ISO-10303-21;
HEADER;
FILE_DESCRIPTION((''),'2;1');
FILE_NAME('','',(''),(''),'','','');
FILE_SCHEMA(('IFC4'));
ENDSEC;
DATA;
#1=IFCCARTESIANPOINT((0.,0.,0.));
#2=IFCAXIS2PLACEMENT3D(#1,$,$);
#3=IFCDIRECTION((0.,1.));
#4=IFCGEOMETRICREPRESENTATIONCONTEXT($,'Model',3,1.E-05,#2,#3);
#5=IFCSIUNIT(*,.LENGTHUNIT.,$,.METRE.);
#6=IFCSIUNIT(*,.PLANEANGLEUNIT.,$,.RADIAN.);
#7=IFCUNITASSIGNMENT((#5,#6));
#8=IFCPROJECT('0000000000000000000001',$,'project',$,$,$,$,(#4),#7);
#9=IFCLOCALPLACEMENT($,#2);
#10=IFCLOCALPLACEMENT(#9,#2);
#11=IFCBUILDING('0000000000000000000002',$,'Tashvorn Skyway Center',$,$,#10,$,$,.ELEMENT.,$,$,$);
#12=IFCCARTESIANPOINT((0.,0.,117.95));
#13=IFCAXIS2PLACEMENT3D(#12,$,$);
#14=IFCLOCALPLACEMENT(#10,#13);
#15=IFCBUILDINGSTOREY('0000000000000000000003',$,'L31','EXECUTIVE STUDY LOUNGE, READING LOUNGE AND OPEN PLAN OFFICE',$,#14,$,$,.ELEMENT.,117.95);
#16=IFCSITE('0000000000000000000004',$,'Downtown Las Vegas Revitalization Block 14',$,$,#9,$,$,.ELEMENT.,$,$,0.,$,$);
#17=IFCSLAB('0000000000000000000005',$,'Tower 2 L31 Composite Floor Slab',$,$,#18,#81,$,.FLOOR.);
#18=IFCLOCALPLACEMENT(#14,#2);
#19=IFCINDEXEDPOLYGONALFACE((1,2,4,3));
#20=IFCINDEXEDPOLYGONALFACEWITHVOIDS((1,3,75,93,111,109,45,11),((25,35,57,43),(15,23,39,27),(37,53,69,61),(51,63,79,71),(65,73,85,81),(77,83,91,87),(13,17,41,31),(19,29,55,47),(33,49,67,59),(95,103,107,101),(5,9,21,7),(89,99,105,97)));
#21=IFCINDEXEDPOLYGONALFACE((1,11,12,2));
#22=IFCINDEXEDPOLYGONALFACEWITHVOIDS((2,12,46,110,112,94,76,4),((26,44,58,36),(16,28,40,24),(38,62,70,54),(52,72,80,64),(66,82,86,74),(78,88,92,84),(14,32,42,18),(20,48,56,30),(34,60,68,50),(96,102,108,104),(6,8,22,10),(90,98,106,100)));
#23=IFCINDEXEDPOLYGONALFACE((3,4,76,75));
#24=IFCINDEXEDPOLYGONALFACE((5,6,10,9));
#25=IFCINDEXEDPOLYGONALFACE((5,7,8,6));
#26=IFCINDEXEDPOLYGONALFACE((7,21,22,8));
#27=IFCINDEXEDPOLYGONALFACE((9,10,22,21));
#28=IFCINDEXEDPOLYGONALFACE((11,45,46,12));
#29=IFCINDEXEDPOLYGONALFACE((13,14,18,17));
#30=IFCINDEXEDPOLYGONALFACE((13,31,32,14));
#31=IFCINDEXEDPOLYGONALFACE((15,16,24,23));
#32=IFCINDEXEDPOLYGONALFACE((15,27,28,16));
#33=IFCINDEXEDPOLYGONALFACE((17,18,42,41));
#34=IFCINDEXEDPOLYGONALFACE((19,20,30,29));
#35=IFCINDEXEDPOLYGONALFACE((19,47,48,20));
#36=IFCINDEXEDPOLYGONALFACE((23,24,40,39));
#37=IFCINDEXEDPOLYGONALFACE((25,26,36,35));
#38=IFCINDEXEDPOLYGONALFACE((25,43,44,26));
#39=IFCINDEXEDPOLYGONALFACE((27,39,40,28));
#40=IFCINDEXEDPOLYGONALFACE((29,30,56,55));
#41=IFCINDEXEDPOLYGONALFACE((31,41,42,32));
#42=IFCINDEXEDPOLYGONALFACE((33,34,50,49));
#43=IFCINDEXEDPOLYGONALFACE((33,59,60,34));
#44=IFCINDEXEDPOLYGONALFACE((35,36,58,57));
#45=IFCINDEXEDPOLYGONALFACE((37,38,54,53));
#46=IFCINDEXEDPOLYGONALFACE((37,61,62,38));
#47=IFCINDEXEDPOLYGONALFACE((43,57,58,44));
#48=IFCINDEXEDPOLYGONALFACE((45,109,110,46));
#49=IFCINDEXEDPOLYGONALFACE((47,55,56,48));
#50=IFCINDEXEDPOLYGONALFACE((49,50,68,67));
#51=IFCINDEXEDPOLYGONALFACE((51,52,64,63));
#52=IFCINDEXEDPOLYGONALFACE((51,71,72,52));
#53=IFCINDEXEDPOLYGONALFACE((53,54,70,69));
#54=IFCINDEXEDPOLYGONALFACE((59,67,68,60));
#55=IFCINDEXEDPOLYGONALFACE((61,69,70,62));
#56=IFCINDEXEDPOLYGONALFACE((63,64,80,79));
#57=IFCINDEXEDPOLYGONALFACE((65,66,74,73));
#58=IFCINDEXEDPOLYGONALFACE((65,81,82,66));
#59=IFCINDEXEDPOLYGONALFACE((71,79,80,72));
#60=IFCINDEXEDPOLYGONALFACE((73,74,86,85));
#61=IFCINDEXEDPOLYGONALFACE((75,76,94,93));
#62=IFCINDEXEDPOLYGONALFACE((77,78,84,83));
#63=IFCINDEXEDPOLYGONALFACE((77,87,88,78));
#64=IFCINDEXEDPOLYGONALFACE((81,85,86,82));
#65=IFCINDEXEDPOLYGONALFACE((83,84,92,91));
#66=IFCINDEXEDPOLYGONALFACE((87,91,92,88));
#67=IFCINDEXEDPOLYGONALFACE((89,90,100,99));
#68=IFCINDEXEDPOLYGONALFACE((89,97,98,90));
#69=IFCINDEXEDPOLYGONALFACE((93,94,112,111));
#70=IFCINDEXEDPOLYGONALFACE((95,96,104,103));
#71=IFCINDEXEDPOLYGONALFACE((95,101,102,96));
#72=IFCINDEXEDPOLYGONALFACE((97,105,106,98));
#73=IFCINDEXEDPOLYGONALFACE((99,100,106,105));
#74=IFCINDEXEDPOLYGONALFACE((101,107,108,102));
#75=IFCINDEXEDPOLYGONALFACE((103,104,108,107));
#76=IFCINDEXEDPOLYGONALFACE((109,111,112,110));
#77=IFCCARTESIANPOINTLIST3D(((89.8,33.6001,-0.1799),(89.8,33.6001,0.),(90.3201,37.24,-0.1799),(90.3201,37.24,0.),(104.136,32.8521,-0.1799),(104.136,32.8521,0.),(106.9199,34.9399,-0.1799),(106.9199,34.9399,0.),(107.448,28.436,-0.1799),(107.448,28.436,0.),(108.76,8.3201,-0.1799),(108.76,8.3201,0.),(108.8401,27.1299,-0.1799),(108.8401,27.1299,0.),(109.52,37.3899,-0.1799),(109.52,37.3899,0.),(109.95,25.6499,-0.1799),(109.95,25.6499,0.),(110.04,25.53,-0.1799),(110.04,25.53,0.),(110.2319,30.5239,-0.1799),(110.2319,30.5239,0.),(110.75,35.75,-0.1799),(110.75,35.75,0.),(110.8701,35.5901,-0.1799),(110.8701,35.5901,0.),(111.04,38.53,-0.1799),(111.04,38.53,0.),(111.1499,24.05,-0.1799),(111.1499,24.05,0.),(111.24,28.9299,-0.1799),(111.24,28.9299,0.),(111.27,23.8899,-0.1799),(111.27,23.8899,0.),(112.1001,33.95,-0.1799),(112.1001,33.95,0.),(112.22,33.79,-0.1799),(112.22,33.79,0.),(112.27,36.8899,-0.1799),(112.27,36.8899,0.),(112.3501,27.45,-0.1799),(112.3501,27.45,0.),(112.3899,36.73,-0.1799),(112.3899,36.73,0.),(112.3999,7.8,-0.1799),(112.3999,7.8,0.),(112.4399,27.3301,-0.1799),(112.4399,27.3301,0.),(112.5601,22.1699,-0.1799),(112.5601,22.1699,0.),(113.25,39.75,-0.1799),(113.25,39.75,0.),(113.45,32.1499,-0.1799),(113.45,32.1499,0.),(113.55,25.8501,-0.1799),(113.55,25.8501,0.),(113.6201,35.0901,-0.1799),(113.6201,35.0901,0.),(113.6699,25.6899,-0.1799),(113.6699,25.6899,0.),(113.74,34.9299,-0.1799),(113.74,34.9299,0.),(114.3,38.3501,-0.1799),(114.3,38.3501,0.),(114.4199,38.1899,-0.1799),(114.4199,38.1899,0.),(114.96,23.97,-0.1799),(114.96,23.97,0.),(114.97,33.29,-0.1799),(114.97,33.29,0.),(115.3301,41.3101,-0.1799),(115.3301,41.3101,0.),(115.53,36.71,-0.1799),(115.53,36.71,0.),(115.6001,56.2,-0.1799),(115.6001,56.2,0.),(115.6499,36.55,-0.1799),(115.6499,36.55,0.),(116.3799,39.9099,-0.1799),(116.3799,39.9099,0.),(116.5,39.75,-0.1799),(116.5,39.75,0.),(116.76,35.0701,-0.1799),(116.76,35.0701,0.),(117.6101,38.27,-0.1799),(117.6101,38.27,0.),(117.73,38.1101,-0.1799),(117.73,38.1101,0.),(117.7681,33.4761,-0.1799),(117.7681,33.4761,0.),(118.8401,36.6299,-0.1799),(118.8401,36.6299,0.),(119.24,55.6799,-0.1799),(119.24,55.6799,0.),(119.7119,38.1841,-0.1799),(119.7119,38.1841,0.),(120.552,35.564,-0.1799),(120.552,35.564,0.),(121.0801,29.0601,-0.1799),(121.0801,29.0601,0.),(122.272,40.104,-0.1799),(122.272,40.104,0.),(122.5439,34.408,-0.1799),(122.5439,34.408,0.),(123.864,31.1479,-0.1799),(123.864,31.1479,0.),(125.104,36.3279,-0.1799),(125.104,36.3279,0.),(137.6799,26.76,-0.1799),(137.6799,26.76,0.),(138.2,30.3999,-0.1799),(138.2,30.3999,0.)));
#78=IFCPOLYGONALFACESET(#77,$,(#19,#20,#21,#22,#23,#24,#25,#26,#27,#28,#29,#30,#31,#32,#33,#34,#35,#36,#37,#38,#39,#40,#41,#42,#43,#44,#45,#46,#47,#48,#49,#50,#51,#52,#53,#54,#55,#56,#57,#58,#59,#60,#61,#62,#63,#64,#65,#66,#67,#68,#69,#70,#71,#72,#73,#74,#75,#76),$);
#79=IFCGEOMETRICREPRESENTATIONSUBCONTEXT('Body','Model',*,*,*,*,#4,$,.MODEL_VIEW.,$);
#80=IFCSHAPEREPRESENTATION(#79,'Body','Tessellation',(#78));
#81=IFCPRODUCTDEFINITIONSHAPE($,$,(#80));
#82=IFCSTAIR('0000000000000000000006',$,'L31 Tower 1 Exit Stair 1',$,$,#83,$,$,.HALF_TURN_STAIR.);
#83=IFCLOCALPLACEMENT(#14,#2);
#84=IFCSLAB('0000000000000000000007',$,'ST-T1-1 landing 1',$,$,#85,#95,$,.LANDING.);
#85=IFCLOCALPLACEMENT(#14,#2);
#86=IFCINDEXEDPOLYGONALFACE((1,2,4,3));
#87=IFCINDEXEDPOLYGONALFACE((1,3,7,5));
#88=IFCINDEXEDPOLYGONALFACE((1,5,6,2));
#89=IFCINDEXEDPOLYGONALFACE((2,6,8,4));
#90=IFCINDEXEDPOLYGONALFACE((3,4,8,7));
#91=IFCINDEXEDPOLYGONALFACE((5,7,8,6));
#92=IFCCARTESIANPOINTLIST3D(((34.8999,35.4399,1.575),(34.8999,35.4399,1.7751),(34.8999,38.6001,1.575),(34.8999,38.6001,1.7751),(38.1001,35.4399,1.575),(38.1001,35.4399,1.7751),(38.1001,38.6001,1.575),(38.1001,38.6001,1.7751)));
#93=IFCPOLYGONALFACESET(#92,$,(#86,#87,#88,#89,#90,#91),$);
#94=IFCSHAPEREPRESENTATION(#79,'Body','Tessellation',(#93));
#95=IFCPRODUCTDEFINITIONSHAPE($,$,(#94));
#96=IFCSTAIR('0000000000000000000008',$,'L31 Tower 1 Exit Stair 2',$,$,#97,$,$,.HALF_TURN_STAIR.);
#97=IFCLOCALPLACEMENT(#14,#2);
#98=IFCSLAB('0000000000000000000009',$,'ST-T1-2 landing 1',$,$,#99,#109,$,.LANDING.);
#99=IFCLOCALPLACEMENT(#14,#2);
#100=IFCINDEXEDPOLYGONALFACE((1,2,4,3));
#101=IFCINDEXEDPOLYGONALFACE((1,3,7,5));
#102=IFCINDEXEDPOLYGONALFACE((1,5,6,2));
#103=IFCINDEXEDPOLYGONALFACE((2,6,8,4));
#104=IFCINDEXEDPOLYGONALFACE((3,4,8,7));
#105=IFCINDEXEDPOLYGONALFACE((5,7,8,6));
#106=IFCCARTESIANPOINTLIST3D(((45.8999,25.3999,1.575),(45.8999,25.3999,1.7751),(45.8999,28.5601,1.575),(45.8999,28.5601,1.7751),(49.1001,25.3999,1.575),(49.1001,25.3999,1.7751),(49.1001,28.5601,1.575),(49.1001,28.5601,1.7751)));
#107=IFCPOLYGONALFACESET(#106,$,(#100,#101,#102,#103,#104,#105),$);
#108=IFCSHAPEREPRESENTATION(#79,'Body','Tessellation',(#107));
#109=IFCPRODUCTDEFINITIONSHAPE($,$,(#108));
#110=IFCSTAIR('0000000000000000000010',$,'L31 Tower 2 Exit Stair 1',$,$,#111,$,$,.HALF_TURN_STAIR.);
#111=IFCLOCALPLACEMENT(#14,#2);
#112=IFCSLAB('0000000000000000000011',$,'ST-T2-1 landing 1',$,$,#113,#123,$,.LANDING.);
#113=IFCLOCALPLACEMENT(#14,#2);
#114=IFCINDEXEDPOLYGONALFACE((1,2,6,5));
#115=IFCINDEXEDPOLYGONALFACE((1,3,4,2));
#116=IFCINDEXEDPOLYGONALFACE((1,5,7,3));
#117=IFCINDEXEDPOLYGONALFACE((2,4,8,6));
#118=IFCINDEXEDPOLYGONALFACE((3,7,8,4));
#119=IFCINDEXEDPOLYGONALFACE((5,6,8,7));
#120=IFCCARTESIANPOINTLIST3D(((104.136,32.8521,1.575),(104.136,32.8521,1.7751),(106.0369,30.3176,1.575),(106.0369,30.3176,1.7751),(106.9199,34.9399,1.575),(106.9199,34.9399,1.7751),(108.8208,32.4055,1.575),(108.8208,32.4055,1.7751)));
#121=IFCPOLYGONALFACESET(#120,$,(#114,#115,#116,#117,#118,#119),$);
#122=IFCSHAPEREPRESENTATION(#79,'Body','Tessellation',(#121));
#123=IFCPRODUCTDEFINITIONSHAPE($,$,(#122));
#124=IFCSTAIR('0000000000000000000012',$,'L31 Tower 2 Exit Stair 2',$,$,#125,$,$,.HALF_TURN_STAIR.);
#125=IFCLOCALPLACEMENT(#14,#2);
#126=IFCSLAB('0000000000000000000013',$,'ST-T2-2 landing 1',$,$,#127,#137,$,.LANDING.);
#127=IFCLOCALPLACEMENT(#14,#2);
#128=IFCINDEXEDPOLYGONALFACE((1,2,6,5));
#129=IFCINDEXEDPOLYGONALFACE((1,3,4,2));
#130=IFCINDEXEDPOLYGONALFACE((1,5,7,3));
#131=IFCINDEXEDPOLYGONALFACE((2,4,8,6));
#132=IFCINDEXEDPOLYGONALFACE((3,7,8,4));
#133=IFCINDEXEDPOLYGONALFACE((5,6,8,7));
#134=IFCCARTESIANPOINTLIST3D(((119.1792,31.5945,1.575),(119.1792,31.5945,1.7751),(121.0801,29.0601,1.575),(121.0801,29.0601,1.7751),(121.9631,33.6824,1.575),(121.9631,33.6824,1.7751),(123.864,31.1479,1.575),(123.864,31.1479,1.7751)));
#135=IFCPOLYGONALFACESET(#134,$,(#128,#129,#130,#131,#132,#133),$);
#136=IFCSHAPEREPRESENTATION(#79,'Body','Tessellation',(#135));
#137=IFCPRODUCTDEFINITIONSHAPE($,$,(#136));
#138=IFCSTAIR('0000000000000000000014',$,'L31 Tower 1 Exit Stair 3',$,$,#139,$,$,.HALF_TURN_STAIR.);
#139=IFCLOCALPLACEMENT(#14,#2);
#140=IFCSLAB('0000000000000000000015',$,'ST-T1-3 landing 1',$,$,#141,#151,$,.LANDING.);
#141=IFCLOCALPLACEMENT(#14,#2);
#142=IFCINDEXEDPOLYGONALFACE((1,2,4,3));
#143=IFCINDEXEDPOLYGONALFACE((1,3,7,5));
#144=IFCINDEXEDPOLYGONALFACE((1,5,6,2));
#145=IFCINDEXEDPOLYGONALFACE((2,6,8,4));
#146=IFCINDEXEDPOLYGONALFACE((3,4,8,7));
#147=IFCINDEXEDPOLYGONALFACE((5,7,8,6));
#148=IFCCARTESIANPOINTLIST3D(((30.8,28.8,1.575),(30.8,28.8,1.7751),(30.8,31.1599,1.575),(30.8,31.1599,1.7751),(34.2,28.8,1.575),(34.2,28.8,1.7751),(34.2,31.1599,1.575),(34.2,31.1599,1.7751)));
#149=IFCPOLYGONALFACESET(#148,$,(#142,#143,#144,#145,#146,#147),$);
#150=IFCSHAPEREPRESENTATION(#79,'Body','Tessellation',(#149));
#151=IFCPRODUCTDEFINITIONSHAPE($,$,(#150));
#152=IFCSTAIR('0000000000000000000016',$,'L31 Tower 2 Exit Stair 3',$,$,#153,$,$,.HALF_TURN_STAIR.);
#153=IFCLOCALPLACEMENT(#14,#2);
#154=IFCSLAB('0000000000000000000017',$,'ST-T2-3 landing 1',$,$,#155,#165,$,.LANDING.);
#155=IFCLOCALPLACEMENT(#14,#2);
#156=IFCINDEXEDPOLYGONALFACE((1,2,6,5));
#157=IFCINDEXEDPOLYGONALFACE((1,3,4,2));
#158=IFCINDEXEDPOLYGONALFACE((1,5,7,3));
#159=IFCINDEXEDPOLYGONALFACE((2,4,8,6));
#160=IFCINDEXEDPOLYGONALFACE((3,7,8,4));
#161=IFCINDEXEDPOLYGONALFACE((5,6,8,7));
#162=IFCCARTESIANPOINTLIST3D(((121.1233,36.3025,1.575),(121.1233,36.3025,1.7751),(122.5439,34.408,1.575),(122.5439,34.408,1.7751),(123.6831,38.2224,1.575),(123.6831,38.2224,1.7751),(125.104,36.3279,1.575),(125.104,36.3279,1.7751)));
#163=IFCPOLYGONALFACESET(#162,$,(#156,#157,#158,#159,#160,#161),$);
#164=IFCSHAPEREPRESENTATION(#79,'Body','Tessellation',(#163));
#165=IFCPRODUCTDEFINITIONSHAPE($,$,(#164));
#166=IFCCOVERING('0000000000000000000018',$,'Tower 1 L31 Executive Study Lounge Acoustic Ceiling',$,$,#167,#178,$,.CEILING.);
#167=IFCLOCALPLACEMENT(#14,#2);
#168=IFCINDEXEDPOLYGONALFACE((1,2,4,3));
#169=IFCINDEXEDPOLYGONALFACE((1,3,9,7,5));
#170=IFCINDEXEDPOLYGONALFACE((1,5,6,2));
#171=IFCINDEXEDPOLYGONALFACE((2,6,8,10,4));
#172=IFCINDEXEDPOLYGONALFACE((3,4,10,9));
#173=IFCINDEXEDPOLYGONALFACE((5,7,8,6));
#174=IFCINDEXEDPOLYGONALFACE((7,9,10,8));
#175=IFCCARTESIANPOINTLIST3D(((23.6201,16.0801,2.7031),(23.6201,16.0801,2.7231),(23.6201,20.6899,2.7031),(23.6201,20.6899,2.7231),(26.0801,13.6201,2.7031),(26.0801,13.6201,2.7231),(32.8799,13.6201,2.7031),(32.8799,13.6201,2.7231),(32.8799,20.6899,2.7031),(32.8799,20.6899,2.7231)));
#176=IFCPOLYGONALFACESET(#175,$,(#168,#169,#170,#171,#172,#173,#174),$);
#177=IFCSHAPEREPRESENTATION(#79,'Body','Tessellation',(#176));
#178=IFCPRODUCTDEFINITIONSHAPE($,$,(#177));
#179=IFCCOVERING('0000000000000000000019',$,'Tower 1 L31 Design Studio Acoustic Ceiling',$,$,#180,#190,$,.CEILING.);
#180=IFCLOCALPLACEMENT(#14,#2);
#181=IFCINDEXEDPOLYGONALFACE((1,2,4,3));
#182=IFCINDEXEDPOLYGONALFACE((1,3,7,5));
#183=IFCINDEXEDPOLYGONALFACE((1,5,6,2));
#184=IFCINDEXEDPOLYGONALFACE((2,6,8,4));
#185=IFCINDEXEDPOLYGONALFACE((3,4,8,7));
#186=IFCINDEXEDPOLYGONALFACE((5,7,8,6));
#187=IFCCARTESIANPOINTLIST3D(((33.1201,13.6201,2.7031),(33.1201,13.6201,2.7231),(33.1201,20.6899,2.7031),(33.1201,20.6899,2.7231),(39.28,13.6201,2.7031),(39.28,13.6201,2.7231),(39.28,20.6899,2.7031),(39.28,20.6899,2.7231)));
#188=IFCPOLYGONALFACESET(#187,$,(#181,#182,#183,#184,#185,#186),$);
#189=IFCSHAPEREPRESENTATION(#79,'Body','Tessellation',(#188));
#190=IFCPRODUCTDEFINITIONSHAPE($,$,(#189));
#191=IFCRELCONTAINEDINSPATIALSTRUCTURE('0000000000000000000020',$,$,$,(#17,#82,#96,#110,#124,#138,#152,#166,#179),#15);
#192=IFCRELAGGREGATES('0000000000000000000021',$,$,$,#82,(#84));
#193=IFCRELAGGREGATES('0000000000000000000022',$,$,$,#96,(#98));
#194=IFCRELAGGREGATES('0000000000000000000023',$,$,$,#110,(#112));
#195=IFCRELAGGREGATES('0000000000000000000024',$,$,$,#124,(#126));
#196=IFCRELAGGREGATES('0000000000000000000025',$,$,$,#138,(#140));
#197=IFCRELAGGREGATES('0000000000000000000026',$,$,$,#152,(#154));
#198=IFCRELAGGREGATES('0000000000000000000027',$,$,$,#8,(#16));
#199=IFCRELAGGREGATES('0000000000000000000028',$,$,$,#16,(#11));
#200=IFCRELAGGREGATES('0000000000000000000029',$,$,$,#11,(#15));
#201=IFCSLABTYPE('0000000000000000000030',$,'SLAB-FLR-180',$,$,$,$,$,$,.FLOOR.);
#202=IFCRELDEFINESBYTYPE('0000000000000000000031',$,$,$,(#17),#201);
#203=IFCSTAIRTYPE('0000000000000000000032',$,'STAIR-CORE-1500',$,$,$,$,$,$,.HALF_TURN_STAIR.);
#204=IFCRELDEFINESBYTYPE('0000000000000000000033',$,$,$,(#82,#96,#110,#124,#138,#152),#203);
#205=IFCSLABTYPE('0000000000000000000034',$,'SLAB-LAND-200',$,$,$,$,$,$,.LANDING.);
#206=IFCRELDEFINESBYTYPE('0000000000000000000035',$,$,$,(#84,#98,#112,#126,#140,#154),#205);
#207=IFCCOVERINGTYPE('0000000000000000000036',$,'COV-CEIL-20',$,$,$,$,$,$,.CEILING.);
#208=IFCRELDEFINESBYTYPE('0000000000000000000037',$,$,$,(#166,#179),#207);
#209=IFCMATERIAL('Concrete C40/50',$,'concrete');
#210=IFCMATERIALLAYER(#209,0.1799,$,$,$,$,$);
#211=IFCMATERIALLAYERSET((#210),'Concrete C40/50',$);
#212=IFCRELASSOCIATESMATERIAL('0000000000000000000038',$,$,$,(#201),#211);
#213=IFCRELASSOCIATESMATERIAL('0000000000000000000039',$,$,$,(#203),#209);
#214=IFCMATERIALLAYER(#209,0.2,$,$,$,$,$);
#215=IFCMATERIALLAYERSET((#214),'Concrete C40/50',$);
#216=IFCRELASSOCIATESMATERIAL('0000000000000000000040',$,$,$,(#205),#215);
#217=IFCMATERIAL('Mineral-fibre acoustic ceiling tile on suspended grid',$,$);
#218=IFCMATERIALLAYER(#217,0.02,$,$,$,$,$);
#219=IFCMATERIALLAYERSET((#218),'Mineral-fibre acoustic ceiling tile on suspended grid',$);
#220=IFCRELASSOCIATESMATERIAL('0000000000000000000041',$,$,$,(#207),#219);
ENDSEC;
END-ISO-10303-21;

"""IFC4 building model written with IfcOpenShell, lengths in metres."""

from ifc_helpers import new_model, si_unit, direction, frame, origin, place, context, subcontext, project, spatial, polyline, outline, extrude, material, layer, layer_set, type_object, element, aggregate, save


model = new_model("IFC4")

# Units and contexts
model_context = context("Model", 3, precision=1e-05, world=origin(), true_north=direction((0.0, 1.0)))
body_context = subcontext(model_context, "Body", "Model", "MODEL_VIEW")
ifc_project = project(units=[si_unit("LENGTHUNIT", "METRE"), si_unit("PLANEANGLEUNIT", "RADIAN")], contexts=[model_context])

# Site, building, storey
site_placement = place(None, origin())
site = spatial("IfcSite", under=ifc_project, at=site_placement, Name="Downtown Las Vegas Revitalization Block 14", CompositionType="ELEMENT", RefElevation=0.0)
building_placement = place(site_placement, origin())
building = spatial("IfcBuilding", under=site, at=building_placement, Name="Tashvorn Skyway Center", CompositionType="ELEMENT")
storey_placement = place(building_placement, frame((0.0, 0.0, 117.95)))
storey = spatial("IfcBuildingStorey", under=building, at=storey_placement, Name="L31", Description="EXECUTIVE STUDY LOUNGE, READING LOUNGE AND OPEN PLAN OFFICE", CompositionType="ELEMENT", Elevation=117.95)

# Slab
ifc_material_1 = material(Name="Concrete C40/50", Category="concrete")
ifc_layer_1 = layer(ifc_material_1, 0.1799)
ifc_layer_set_1 = layer_set([ifc_layer_1], Name="Concrete C40/50")
slab_type_1 = type_object("IfcSlabType", Name="SLAB-FLR-180", PredefinedType="FLOOR", material=ifc_layer_set_1)
slab_1_placement = place(storey_placement, frame((0.0, 0.0, -0.1799)))
element("IfcSlab", 1, at=slab_1_placement, inside=storey, type_object=slab_type_1, Name="Tower 2 L31 Composite Floor Slab", PredefinedType="FLOOR", context=body_context, shape_type="SweptSolid", body=[
    extrude(outline(polyline([(112.3999, 7.8), (137.6799, 26.76), (138.2, 30.3999), (119.24, 55.6799), (115.6001, 56.2), (90.3201, 37.24), (89.8, 33.6001), (108.76, 8.3201), (112.3999, 7.8)]), holes=[polyline([(110.2319, 30.5239), (106.9199, 34.9399), (104.136, 32.8521), (107.448, 28.436), (110.2319, 30.5239)]), polyline([(117.7681, 33.4761), (121.0801, 29.0601), (123.864, 31.1479), (120.552, 35.564), (117.7681, 33.4761)]), polyline([(119.7119, 38.1841), (122.5439, 34.408), (125.104, 36.3279), (122.272, 40.104), (119.7119, 38.1841)]), polyline([(109.95, 25.6499), (112.3501, 27.45), (111.24, 28.9299), (108.8401, 27.1299), (109.95, 25.6499)]), polyline([(111.1499, 24.05), (113.55, 25.8501), (112.4399, 27.3301), (110.04, 25.53), (111.1499, 24.05)]), polyline([(112.5601, 22.1699), (114.96, 23.97), (113.6699, 25.6899), (111.27, 23.8899), (112.5601, 22.1699)]), polyline([(113.45, 32.1499), (114.97, 33.29), (113.74, 34.9299), (112.22, 33.79), (113.45, 32.1499)]), polyline([(112.1001, 33.95), (113.6201, 35.0901), (112.3899, 36.73), (110.8701, 35.5901), (112.1001, 33.95)]), polyline([(110.75, 35.75), (112.27, 36.8899), (111.04, 38.53), (109.52, 37.3899), (110.75, 35.75)]), polyline([(116.76, 35.0701), (118.8401, 36.6299), (117.73, 38.1101), (115.6499, 36.55), (116.76, 35.0701)]), polyline([(115.53, 36.71), (117.6101, 38.27), (116.5, 39.75), (114.4199, 38.1899), (115.53, 36.71)]), polyline([(114.3, 38.3501), (116.3799, 39.9099), (115.3301, 41.3101), (113.25, 39.75), (114.3, 38.3501)])]), origin(), (0.0, 0.0, 1.0), 0.1799),
])

# Stairs, slabs
stair_type = type_object("IfcStairType", Name="STAIR-CORE-1500", PredefinedType="HALF_TURN_STAIR", material=ifc_material_1)
stair_1_placement = place(storey_placement, origin())
stair_1 = element("IfcStair", 2, at=stair_1_placement, inside=storey, type_object=stair_type, Name="L31 Tower 1 Exit Stair 1", PredefinedType="HALF_TURN_STAIR")
ifc_layer_2 = layer(ifc_material_1, 0.2)
ifc_layer_set_2 = layer_set([ifc_layer_2], Name="Concrete C40/50")
slab_type_2 = type_object("IfcSlabType", Name="SLAB-LAND-200", PredefinedType="LANDING", material=ifc_layer_set_2)
slab_2_placement = place(storey_placement, frame((0.0, 0.0, 1.575)))
slab_2 = element("IfcSlab", 3, at=slab_2_placement, type_object=slab_type_2, Name="ST-T1-1 landing 1", PredefinedType="LANDING", context=body_context, shape_type="SweptSolid", body=[
    extrude(outline(polyline([(38.1001, 35.4399), (38.1001, 38.6001), (34.8999, 38.6001), (34.8999, 35.4399), (38.1001, 35.4399)])), origin(), (0.0, 0.0, 1.0), 0.2002),
])
aggregate(stair_1, [slab_2])
stair_2_placement = place(storey_placement, origin())
stair_2 = element("IfcStair", 4, at=stair_2_placement, inside=storey, type_object=stair_type, Name="L31 Tower 1 Exit Stair 2", PredefinedType="HALF_TURN_STAIR")
slab_3_placement = place(storey_placement, frame((0.0, 0.0, 1.575)))
slab_3 = element("IfcSlab", 5, at=slab_3_placement, type_object=slab_type_2, Name="ST-T1-2 landing 1", PredefinedType="LANDING", context=body_context, shape_type="SweptSolid", body=[
    extrude(outline(polyline([(45.8999, 28.5601), (45.8999, 25.3999), (49.1001, 25.3999), (49.1001, 28.5601), (45.8999, 28.5601)])), origin(), (0.0, 0.0, 1.0), 0.2002),
])
aggregate(stair_2, [slab_3])
stair_3_placement = place(storey_placement, origin())
stair_3 = element("IfcStair", 6, at=stair_3_placement, inside=storey, type_object=stair_type, Name="L31 Tower 2 Exit Stair 1", PredefinedType="HALF_TURN_STAIR")
slab_4_placement = place(storey_placement, frame((0.0, 0.0, 1.575)))
slab_4 = element("IfcSlab", 7, at=slab_4_placement, type_object=slab_type_2, Name="ST-T2-1 landing 1", PredefinedType="LANDING", context=body_context, shape_type="SweptSolid", body=[
    extrude(outline(polyline([(108.8208, 32.4055), (106.9199, 34.9399), (104.136, 32.8521), (106.0369, 30.3176), (108.8208, 32.4055)])), origin(), (0.0, 0.0, 1.0), 0.2002),
])
aggregate(stair_3, [slab_4])
stair_4_placement = place(storey_placement, origin())
stair_4 = element("IfcStair", 8, at=stair_4_placement, inside=storey, type_object=stair_type, Name="L31 Tower 2 Exit Stair 2", PredefinedType="HALF_TURN_STAIR")
slab_5_placement = place(storey_placement, frame((0.0, 0.0, 1.575)))
slab_5 = element("IfcSlab", 9, at=slab_5_placement, type_object=slab_type_2, Name="ST-T2-2 landing 1", PredefinedType="LANDING", context=body_context, shape_type="SweptSolid", body=[
    extrude(outline(polyline([(119.1792, 31.5945), (121.0801, 29.0601), (123.864, 31.1479), (121.9631, 33.6824), (119.1792, 31.5945)])), origin(), (0.0, 0.0, 1.0), 0.2002),
])
aggregate(stair_4, [slab_5])
stair_5_placement = place(storey_placement, origin())
stair_5 = element("IfcStair", 10, at=stair_5_placement, inside=storey, type_object=stair_type, Name="L31 Tower 1 Exit Stair 3", PredefinedType="HALF_TURN_STAIR")
slab_6_placement = place(storey_placement, frame((0.0, 0.0, 1.575)))
slab_6 = element("IfcSlab", 11, at=slab_6_placement, type_object=slab_type_2, Name="ST-T1-3 landing 1", PredefinedType="LANDING", context=body_context, shape_type="SweptSolid", body=[
    extrude(outline(polyline([(30.8, 31.1599), (30.8, 28.8), (34.2, 28.8), (34.2, 31.1599), (30.8, 31.1599)])), origin(), (0.0, 0.0, 1.0), 0.2002),
])
aggregate(stair_5, [slab_6])
stair_6_placement = place(storey_placement, origin())
stair_6 = element("IfcStair", 12, at=stair_6_placement, inside=storey, type_object=stair_type, Name="L31 Tower 2 Exit Stair 3", PredefinedType="HALF_TURN_STAIR")
slab_7_placement = place(storey_placement, frame((0.0, 0.0, 1.575)))
slab_7 = element("IfcSlab", 13, at=slab_7_placement, type_object=slab_type_2, Name="ST-T2-3 landing 1", PredefinedType="LANDING", context=body_context, shape_type="SweptSolid", body=[
    extrude(outline(polyline([(121.1233, 36.3025), (122.5439, 34.408), (125.104, 36.3279), (123.6831, 38.2224), (121.1233, 36.3025)])), origin(), (0.0, 0.0, 1.0), 0.2002),
])
aggregate(stair_6, [slab_7])

# Coverings
ifc_material_2 = material(Name="Mineral-fibre acoustic ceiling tile on suspended grid")
ifc_layer_3 = layer(ifc_material_2, 0.02)
ifc_layer_set_3 = layer_set([ifc_layer_3], Name="Mineral-fibre acoustic ceiling tile on suspended grid")
covering_type_1 = type_object("IfcCoveringType", Name="COV-CEIL-20", PredefinedType="CEILING", material=ifc_layer_set_3)
covering_1_placement = place(storey_placement, frame((0.0, 0.0, 2.7031)))
element("IfcCovering", 14, at=covering_1_placement, inside=storey, type_object=covering_type_1, Name="Tower 1 L31 Executive Study Lounge Acoustic Ceiling", PredefinedType="CEILING", context=body_context, shape_type="SweptSolid", body=[
    extrude(outline(polyline([(23.6201, 20.6899), (32.8799, 20.6899), (32.8799, 13.6201), (26.0801, 13.6201), (23.6201, 16.0801), (23.6201, 20.6899)])), origin(), (0.0, 0.0, 1.0), 0.02),
])
covering_2_placement = place(storey_placement, frame((0.0, 0.0, 2.7031)))
element("IfcCovering", 15, at=covering_2_placement, inside=storey, type_object=covering_type_1, Name="Tower 1 L31 Design Studio Acoustic Ceiling", PredefinedType="CEILING", context=body_context, shape_type="SweptSolid", body=[
    extrude(outline(polyline([(33.1201, 20.6899), (39.28, 20.6899), (39.28, 13.6201), (33.1201, 13.6201), (33.1201, 20.6899)])), origin(), (0.0, 0.0, 1.0), 0.02),
])

save(model, "model.ifc")
